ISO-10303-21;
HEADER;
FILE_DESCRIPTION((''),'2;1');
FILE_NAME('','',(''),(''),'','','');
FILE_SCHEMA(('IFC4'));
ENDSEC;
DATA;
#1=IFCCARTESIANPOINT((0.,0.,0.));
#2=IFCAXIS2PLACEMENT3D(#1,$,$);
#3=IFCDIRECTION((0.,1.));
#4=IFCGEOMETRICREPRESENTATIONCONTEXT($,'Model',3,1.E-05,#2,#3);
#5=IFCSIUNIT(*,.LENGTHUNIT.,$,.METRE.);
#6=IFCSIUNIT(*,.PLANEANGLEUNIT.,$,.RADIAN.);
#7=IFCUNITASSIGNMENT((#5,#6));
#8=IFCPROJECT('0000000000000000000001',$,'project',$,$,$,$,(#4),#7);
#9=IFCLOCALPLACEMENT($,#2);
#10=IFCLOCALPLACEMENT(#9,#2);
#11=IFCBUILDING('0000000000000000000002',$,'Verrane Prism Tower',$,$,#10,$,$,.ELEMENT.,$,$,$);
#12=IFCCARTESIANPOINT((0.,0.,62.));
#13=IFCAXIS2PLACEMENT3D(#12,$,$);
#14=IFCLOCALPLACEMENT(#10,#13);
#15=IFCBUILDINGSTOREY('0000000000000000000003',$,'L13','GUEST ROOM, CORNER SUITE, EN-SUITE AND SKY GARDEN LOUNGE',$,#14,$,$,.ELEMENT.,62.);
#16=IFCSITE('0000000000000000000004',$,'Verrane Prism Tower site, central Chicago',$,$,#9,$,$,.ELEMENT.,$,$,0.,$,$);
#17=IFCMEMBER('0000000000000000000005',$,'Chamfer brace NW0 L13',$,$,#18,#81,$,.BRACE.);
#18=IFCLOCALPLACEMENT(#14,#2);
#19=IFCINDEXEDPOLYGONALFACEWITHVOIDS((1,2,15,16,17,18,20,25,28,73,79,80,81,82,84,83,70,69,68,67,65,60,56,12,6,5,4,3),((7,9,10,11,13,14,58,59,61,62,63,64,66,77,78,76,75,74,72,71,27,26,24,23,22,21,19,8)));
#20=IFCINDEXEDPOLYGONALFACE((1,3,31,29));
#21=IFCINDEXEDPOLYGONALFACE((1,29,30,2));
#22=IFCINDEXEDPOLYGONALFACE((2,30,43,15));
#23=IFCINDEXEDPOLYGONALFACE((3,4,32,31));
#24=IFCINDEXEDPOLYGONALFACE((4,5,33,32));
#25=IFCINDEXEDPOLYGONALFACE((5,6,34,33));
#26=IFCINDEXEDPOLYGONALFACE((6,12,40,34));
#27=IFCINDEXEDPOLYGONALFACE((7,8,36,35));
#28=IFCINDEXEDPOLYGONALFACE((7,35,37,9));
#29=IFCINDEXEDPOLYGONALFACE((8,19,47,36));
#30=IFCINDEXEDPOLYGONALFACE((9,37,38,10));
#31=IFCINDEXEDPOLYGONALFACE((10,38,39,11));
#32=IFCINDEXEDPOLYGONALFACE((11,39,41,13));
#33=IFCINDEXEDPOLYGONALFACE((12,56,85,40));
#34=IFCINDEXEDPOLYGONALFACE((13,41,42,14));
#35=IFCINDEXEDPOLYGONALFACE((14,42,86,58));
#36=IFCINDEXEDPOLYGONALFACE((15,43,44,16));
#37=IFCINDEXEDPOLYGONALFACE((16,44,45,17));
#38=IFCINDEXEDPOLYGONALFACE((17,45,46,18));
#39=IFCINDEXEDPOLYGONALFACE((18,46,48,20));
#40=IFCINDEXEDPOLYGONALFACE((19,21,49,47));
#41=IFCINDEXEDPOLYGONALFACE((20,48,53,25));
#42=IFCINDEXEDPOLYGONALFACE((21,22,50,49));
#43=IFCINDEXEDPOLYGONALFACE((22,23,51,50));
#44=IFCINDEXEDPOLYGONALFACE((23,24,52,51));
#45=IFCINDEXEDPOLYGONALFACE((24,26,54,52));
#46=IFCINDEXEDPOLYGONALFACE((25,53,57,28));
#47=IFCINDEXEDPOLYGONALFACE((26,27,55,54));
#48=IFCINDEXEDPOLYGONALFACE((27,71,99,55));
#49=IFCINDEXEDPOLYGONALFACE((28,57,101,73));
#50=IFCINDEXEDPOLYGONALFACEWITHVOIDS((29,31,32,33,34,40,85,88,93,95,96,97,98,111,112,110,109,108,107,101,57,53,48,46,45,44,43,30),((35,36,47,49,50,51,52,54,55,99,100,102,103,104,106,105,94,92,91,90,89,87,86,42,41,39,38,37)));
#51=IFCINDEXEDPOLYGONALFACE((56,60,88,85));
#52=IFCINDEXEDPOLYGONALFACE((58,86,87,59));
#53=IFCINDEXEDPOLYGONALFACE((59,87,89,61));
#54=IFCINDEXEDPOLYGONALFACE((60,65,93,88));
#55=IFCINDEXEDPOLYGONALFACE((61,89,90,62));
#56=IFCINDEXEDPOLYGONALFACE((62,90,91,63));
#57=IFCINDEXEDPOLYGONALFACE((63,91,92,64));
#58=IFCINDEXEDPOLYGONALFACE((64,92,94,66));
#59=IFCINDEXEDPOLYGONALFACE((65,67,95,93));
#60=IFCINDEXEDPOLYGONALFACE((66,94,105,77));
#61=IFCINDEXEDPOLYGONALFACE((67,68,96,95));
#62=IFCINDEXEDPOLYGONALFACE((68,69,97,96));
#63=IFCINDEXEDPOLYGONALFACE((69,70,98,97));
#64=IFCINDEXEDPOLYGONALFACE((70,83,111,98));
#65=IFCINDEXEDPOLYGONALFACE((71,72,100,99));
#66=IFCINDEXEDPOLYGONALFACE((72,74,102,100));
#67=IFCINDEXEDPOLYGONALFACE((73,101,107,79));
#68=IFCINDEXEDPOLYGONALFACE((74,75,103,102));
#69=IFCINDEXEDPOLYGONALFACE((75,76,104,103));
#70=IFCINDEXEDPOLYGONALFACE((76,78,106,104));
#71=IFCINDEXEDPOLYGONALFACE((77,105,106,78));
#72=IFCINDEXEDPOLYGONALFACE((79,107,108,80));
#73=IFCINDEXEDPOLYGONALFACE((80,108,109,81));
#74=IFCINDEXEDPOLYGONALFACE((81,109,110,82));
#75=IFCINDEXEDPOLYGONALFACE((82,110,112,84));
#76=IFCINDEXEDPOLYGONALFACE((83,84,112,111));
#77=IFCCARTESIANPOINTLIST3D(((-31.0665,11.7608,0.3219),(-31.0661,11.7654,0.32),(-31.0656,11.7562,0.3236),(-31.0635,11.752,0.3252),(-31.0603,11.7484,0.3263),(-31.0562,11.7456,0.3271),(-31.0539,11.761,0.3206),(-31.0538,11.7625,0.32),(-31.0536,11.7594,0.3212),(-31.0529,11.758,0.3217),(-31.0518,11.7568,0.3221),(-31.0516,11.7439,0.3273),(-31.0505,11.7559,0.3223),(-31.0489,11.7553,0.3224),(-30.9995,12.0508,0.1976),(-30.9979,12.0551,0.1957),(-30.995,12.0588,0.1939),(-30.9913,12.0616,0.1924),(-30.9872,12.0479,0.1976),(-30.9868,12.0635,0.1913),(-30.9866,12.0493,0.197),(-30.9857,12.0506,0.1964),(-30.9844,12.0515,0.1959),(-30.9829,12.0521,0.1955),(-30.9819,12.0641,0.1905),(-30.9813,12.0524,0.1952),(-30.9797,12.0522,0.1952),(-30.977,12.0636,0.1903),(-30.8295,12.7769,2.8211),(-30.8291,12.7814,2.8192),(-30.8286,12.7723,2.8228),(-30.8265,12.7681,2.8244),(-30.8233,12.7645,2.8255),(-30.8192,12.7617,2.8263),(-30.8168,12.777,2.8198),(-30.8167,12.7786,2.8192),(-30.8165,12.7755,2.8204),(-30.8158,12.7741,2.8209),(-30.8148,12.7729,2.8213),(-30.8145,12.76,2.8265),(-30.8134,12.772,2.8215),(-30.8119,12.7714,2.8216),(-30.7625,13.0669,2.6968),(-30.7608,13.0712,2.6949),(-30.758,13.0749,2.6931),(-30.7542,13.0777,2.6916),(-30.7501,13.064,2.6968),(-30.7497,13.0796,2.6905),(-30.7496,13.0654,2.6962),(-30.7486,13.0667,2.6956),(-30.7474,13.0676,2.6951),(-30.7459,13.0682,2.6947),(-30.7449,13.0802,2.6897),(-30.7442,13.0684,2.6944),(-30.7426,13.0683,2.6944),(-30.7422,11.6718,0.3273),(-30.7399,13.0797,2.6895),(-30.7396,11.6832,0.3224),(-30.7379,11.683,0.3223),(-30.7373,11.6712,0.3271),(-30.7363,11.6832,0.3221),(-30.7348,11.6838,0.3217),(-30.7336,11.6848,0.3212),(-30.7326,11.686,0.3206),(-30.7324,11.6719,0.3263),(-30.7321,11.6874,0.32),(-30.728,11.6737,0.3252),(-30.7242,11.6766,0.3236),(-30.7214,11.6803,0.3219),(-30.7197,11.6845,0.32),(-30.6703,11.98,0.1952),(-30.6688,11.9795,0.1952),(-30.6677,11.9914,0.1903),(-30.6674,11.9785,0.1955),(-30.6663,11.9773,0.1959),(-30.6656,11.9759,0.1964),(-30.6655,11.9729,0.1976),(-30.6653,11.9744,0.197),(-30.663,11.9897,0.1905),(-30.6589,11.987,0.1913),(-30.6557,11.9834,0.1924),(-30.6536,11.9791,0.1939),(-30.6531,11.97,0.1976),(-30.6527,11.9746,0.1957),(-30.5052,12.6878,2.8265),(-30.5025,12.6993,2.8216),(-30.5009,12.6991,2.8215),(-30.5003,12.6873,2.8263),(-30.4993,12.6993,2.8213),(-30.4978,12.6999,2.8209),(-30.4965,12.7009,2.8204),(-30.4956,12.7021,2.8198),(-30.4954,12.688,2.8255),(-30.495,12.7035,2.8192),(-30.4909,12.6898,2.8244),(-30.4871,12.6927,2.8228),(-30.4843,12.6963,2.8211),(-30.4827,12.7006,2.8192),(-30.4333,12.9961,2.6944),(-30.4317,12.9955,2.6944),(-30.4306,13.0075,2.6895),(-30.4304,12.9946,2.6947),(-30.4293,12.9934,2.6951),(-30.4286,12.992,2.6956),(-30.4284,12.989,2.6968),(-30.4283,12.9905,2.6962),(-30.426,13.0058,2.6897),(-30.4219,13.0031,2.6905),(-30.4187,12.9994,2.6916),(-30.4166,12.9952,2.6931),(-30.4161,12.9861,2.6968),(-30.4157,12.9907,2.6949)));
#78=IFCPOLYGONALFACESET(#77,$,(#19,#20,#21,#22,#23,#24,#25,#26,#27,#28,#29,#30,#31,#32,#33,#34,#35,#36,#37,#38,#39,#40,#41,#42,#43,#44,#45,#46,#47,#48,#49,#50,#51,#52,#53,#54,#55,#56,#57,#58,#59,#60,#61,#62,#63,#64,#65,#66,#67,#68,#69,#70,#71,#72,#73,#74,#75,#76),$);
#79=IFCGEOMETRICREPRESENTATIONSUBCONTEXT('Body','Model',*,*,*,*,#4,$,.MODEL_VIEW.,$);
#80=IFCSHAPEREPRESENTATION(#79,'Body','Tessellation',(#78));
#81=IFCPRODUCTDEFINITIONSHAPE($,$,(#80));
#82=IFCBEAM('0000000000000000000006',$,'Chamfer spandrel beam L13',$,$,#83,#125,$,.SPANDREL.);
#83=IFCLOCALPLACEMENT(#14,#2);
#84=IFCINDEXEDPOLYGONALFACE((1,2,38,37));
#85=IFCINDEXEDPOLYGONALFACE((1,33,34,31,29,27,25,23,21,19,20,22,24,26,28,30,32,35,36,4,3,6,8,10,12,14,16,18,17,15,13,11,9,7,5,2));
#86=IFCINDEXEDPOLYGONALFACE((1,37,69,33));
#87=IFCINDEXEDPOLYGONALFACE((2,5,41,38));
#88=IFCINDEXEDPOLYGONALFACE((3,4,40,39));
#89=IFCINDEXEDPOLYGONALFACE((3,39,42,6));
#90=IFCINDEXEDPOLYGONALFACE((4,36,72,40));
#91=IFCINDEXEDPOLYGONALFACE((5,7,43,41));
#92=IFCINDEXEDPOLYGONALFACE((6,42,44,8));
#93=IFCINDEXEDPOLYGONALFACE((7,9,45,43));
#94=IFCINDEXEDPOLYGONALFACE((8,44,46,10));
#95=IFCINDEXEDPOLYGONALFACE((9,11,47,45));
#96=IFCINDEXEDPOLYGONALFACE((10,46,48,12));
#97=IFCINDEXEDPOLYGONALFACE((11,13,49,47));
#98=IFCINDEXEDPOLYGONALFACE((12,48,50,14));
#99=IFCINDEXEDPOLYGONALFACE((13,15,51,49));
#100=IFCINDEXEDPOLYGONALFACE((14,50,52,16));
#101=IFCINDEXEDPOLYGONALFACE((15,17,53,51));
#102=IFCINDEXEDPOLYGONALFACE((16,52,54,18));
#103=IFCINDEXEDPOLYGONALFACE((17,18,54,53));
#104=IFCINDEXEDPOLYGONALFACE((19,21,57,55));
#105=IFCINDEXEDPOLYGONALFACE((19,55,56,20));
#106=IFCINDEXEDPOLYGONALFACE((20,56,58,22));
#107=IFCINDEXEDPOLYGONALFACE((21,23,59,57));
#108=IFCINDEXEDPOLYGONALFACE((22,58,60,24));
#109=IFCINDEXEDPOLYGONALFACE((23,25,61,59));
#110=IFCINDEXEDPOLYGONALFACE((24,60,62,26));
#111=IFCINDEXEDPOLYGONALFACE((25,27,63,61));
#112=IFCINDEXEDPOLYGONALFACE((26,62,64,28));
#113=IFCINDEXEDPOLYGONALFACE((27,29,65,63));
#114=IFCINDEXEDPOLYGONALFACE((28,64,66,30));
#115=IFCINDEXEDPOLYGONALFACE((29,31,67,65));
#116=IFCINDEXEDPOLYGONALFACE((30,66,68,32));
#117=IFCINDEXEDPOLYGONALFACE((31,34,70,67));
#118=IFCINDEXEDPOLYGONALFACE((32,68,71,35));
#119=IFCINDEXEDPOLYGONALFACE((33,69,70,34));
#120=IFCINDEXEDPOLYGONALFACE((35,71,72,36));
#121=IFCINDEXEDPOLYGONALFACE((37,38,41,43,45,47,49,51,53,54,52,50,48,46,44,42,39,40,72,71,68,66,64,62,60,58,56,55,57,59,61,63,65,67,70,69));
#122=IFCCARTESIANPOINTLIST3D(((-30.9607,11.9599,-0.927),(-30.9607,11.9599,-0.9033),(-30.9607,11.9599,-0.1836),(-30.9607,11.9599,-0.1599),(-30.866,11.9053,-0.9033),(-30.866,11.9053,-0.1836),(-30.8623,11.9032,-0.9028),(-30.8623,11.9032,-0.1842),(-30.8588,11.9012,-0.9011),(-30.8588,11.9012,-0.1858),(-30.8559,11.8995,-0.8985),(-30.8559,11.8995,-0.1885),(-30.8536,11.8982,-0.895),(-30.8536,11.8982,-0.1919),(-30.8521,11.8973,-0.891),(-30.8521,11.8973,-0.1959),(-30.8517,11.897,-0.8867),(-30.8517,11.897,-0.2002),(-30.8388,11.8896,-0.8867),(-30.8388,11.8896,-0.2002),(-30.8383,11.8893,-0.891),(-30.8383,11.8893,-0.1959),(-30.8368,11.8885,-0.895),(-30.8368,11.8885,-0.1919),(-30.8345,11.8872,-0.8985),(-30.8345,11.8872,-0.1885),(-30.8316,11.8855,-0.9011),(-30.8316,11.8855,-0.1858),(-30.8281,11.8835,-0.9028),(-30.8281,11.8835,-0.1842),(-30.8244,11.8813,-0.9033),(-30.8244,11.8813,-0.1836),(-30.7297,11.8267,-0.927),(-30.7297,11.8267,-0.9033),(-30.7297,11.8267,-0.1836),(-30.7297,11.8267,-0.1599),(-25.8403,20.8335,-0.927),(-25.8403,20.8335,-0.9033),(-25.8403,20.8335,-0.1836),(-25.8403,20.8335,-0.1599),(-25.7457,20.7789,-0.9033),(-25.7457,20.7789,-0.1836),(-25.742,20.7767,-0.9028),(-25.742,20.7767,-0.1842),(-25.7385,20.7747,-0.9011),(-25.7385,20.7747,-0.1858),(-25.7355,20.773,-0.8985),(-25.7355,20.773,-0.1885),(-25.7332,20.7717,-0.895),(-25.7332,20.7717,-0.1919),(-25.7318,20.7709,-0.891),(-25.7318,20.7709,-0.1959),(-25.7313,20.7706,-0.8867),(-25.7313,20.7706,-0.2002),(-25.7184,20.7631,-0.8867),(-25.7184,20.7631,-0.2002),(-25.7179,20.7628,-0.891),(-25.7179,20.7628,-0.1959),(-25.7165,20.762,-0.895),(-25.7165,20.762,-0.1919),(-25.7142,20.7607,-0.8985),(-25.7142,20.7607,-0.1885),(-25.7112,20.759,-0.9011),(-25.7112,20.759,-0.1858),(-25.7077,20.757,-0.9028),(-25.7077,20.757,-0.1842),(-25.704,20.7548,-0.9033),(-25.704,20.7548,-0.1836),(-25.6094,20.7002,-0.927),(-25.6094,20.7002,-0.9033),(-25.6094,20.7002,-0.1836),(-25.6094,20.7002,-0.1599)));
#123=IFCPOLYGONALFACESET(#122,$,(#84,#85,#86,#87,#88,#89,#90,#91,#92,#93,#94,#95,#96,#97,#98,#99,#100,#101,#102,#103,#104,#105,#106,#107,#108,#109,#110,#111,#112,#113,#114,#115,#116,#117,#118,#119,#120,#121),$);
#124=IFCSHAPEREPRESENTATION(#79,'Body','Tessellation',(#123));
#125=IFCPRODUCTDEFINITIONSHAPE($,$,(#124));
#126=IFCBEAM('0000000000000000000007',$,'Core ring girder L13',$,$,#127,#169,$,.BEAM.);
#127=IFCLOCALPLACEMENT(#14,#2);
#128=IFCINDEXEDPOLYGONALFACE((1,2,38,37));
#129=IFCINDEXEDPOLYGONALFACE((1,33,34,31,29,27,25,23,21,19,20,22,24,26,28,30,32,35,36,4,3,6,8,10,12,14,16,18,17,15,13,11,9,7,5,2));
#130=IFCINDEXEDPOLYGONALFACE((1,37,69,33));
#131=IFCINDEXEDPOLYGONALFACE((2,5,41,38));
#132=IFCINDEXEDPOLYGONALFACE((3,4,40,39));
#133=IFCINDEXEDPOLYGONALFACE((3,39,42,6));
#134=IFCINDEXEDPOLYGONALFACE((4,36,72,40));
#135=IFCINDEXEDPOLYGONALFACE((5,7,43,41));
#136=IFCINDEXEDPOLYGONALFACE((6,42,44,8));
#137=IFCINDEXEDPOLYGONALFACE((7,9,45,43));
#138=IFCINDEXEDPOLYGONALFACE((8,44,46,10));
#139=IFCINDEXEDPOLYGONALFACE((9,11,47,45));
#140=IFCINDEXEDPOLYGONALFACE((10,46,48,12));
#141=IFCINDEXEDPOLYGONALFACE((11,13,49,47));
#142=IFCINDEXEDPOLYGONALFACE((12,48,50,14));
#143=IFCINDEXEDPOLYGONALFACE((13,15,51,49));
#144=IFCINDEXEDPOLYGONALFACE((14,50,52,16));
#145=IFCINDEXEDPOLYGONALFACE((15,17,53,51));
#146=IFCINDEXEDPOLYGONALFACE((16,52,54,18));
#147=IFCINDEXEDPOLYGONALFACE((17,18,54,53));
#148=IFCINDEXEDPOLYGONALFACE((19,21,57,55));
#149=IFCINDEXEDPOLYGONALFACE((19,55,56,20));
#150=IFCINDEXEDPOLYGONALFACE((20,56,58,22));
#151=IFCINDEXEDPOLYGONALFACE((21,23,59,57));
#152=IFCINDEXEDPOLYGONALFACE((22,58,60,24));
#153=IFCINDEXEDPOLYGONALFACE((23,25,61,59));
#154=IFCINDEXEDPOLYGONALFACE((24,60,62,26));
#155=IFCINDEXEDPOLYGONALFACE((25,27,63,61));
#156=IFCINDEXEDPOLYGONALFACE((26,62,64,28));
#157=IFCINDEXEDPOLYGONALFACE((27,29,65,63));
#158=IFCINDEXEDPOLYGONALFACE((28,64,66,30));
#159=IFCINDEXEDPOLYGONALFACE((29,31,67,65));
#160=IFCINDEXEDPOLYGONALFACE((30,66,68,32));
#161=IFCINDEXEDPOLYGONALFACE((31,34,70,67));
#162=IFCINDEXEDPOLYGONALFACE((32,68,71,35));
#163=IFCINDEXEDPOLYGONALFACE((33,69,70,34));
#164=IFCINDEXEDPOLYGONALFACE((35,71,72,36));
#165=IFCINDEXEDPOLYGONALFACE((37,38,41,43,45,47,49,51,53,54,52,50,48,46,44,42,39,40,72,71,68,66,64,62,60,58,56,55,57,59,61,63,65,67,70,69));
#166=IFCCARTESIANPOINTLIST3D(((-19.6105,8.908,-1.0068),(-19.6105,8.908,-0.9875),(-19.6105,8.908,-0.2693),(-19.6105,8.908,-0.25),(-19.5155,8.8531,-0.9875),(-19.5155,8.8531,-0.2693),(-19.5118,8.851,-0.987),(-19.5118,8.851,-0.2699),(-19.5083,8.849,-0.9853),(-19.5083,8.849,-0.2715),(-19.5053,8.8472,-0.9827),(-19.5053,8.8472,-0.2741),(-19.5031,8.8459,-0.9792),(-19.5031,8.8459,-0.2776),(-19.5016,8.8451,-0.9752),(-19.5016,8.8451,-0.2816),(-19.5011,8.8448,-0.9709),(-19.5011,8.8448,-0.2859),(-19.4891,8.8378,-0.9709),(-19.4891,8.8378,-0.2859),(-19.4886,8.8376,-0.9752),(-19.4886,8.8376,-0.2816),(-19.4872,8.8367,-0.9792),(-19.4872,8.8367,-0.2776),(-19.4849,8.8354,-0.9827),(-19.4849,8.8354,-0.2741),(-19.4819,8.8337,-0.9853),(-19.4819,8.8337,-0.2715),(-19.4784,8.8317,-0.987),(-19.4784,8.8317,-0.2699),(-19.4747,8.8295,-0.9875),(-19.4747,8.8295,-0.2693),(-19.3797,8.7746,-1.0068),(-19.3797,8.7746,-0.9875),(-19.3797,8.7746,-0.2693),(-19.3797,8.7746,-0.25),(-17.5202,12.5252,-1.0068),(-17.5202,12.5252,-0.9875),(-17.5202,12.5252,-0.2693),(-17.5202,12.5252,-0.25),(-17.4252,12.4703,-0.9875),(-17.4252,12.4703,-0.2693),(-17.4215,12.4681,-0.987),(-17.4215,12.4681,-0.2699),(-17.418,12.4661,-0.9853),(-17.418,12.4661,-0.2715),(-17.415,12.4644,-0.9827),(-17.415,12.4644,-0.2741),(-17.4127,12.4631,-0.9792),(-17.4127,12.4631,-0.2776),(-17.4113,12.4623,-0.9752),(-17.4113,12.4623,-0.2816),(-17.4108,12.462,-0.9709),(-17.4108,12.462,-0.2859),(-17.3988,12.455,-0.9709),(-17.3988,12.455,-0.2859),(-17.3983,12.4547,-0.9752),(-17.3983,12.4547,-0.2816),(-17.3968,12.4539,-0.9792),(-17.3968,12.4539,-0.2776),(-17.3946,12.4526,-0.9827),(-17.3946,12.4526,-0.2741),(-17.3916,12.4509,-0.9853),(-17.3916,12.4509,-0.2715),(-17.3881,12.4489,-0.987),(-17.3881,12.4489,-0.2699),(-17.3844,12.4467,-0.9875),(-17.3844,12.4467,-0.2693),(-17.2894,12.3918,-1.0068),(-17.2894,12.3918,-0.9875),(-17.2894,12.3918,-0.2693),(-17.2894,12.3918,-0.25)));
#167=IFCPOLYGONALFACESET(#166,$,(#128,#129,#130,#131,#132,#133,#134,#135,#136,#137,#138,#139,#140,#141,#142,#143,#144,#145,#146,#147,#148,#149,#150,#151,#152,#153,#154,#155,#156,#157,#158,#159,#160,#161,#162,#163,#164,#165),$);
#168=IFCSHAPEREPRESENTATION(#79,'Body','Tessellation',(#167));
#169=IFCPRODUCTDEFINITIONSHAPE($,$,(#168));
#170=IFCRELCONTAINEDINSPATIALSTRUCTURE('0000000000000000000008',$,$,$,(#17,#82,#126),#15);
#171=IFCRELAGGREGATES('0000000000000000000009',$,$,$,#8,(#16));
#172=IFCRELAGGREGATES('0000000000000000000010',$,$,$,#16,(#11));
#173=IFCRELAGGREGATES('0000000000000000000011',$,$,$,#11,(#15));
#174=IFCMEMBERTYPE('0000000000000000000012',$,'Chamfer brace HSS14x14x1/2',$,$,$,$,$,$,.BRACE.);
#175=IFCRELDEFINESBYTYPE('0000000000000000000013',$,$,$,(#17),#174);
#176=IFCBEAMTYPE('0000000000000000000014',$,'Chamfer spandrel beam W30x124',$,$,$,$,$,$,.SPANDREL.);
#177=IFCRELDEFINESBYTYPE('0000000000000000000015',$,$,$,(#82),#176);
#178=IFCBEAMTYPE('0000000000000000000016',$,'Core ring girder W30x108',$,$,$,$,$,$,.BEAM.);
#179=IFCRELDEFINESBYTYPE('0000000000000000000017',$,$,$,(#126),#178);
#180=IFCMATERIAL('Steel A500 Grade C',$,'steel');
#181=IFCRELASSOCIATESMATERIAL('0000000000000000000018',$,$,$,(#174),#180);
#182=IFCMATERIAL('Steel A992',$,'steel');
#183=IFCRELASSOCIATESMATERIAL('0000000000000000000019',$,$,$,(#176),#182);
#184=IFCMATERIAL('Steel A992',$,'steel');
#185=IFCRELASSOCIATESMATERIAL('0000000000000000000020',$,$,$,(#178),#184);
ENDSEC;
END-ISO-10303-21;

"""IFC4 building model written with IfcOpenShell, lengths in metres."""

from ifc_helpers import new_model, si_unit, direction, frame, origin, origin_2d, place, context, subcontext, project, spatial, hollow_rectangle, i_section, extrude, material, material_profile, profile_set, type_object, element, save


model = new_model("IFC4")

# Units and contexts
model_context = context("Model", 3, precision=1e-05, world=origin(), true_north=direction((0.0, 1.0)))
body_context = subcontext(model_context, "Body", "Model", "MODEL_VIEW")
ifc_project = project(units=[si_unit("LENGTHUNIT", "METRE"), si_unit("PLANEANGLEUNIT", "RADIAN")], contexts=[model_context])

# Site, building, storey
site_placement = place(None, origin())
site = spatial("IfcSite", under=ifc_project, at=site_placement, Name="Verrane Prism Tower site, central Chicago", CompositionType="ELEMENT", RefElevation=0.0)
building_placement = place(site_placement, origin())
building = spatial("IfcBuilding", under=site, at=building_placement, Name="Verrane Prism Tower", CompositionType="ELEMENT")
storey_placement = place(building_placement, frame((0.0, 0.0, 62.0)))
storey = spatial("IfcBuildingStorey", under=building, at=storey_placement, Name="L13", Description="GUEST ROOM, CORNER SUITE, EN-SUITE AND SKY GARDEN LOUNGE", CompositionType="ELEMENT", Elevation=62.0)

# Member
ifc_material_1 = material(Name="Steel A500 Grade C", Category="steel")
ifc_material_profile_1 = material_profile(ifc_material_1, hollow_rectangle(XDim=0.3557, YDim=0.3557, WallThickness=0.0127, InnerFilletRadius=0.0063, OuterFilletRadius=0.019, at=origin_2d()), Name="HSS14x14x1/2")
ifc_profile_set_1 = profile_set([ifc_material_profile_1], Name="Steel A500 Grade C")
member_type_1 = type_object("IfcMemberType", Name="Chamfer brace HSS14x14x1/2", PredefinedType="BRACE", material=ifc_profile_set_1)
member_1_placement = place(storey_placement, frame((-30.8596, 11.8677, 0.2588), z_axis=(0.08753, 0.375181, 0.922809), x_axis=(-0.973848, 0.2272, 0.0)))
element("IfcMember", 1, at=member_1_placement, inside=storey, type_object=member_type_1, Name="Chamfer brace NW0 L13", PredefinedType="BRACE", context=body_context, shape_type="SweptSolid", body=[
    extrude(hollow_rectangle(XDim=0.3557, YDim=0.3557, WallThickness=0.0127, InnerFilletRadius=0.0063, OuterFilletRadius=0.019, at=origin_2d()), origin(), (0.0, 0.0, 1.0), 2.7083),
])

# Beams
ifc_material_2 = material(Name="Steel A992", Category="steel")
ifc_material_profile_2 = material_profile(ifc_material_2, i_section(OverallWidth=0.2666, OverallDepth=0.7671, WebThickness=0.0149, FlangeThickness=0.0237, FilletRadius=0.0166, at=origin_2d()), Name="W30x124")
ifc_profile_set_2 = profile_set([ifc_material_profile_2], Name="Steel A992")
beam_type_1 = type_object("IfcBeamType", Name="Chamfer spandrel beam W30x124", PredefinedType="SPANDREL", material=ifc_profile_set_2)
beam_1_placement = place(storey_placement, frame((-25.7249, 20.7668, -0.5435), z_axis=(-0.499797, -0.866143, 0.0), x_axis=(0.866143, -0.499797, 0.0)))
element("IfcBeam", 2, at=beam_1_placement, inside=storey, type_object=beam_type_1, Name="Chamfer spandrel beam L13", PredefinedType="SPANDREL", context=body_context, shape_type="SweptSolid", body=[
    extrude(i_section(OverallWidth=0.2666, OverallDepth=0.7671, WebThickness=0.0149, FlangeThickness=0.0237, FilletRadius=0.0166, at=origin_2d()), origin(), (0.0, 0.0, 1.0), 10.2449),
])
ifc_material_3 = material(Name="Steel A992", Category="steel")
ifc_material_profile_3 = material_profile(ifc_material_3, i_section(OverallWidth=0.2666, OverallDepth=0.7568, WebThickness=0.0139, FlangeThickness=0.0193, FilletRadius=0.0166, at=origin_2d()), Name="W30x108")
ifc_profile_set_3 = profile_set([ifc_material_profile_3], Name="Steel A992")
beam_type_2 = type_object("IfcBeamType", Name="Core ring girder W30x108", PredefinedType="BEAM", material=ifc_profile_set_3)
beam_2_placement = place(storey_placement, frame((-17.4048, 12.4585, -0.6284), z_axis=(-0.50035, -0.865823, 0.0), x_axis=(0.865823, -0.50035, 0.0)))
element("IfcBeam", 3, at=beam_2_placement, inside=storey, type_object=beam_type_2, Name="Core ring girder L13", PredefinedType="BEAM", context=body_context, shape_type="SweptSolid", body=[
    extrude(i_section(OverallWidth=0.2666, OverallDepth=0.7568, WebThickness=0.0139, FlangeThickness=0.0193, FilletRadius=0.0166, at=origin_2d()), origin(), (0.0, 0.0, 1.0), 4.1777),
])

save(model, "model.ifc")
